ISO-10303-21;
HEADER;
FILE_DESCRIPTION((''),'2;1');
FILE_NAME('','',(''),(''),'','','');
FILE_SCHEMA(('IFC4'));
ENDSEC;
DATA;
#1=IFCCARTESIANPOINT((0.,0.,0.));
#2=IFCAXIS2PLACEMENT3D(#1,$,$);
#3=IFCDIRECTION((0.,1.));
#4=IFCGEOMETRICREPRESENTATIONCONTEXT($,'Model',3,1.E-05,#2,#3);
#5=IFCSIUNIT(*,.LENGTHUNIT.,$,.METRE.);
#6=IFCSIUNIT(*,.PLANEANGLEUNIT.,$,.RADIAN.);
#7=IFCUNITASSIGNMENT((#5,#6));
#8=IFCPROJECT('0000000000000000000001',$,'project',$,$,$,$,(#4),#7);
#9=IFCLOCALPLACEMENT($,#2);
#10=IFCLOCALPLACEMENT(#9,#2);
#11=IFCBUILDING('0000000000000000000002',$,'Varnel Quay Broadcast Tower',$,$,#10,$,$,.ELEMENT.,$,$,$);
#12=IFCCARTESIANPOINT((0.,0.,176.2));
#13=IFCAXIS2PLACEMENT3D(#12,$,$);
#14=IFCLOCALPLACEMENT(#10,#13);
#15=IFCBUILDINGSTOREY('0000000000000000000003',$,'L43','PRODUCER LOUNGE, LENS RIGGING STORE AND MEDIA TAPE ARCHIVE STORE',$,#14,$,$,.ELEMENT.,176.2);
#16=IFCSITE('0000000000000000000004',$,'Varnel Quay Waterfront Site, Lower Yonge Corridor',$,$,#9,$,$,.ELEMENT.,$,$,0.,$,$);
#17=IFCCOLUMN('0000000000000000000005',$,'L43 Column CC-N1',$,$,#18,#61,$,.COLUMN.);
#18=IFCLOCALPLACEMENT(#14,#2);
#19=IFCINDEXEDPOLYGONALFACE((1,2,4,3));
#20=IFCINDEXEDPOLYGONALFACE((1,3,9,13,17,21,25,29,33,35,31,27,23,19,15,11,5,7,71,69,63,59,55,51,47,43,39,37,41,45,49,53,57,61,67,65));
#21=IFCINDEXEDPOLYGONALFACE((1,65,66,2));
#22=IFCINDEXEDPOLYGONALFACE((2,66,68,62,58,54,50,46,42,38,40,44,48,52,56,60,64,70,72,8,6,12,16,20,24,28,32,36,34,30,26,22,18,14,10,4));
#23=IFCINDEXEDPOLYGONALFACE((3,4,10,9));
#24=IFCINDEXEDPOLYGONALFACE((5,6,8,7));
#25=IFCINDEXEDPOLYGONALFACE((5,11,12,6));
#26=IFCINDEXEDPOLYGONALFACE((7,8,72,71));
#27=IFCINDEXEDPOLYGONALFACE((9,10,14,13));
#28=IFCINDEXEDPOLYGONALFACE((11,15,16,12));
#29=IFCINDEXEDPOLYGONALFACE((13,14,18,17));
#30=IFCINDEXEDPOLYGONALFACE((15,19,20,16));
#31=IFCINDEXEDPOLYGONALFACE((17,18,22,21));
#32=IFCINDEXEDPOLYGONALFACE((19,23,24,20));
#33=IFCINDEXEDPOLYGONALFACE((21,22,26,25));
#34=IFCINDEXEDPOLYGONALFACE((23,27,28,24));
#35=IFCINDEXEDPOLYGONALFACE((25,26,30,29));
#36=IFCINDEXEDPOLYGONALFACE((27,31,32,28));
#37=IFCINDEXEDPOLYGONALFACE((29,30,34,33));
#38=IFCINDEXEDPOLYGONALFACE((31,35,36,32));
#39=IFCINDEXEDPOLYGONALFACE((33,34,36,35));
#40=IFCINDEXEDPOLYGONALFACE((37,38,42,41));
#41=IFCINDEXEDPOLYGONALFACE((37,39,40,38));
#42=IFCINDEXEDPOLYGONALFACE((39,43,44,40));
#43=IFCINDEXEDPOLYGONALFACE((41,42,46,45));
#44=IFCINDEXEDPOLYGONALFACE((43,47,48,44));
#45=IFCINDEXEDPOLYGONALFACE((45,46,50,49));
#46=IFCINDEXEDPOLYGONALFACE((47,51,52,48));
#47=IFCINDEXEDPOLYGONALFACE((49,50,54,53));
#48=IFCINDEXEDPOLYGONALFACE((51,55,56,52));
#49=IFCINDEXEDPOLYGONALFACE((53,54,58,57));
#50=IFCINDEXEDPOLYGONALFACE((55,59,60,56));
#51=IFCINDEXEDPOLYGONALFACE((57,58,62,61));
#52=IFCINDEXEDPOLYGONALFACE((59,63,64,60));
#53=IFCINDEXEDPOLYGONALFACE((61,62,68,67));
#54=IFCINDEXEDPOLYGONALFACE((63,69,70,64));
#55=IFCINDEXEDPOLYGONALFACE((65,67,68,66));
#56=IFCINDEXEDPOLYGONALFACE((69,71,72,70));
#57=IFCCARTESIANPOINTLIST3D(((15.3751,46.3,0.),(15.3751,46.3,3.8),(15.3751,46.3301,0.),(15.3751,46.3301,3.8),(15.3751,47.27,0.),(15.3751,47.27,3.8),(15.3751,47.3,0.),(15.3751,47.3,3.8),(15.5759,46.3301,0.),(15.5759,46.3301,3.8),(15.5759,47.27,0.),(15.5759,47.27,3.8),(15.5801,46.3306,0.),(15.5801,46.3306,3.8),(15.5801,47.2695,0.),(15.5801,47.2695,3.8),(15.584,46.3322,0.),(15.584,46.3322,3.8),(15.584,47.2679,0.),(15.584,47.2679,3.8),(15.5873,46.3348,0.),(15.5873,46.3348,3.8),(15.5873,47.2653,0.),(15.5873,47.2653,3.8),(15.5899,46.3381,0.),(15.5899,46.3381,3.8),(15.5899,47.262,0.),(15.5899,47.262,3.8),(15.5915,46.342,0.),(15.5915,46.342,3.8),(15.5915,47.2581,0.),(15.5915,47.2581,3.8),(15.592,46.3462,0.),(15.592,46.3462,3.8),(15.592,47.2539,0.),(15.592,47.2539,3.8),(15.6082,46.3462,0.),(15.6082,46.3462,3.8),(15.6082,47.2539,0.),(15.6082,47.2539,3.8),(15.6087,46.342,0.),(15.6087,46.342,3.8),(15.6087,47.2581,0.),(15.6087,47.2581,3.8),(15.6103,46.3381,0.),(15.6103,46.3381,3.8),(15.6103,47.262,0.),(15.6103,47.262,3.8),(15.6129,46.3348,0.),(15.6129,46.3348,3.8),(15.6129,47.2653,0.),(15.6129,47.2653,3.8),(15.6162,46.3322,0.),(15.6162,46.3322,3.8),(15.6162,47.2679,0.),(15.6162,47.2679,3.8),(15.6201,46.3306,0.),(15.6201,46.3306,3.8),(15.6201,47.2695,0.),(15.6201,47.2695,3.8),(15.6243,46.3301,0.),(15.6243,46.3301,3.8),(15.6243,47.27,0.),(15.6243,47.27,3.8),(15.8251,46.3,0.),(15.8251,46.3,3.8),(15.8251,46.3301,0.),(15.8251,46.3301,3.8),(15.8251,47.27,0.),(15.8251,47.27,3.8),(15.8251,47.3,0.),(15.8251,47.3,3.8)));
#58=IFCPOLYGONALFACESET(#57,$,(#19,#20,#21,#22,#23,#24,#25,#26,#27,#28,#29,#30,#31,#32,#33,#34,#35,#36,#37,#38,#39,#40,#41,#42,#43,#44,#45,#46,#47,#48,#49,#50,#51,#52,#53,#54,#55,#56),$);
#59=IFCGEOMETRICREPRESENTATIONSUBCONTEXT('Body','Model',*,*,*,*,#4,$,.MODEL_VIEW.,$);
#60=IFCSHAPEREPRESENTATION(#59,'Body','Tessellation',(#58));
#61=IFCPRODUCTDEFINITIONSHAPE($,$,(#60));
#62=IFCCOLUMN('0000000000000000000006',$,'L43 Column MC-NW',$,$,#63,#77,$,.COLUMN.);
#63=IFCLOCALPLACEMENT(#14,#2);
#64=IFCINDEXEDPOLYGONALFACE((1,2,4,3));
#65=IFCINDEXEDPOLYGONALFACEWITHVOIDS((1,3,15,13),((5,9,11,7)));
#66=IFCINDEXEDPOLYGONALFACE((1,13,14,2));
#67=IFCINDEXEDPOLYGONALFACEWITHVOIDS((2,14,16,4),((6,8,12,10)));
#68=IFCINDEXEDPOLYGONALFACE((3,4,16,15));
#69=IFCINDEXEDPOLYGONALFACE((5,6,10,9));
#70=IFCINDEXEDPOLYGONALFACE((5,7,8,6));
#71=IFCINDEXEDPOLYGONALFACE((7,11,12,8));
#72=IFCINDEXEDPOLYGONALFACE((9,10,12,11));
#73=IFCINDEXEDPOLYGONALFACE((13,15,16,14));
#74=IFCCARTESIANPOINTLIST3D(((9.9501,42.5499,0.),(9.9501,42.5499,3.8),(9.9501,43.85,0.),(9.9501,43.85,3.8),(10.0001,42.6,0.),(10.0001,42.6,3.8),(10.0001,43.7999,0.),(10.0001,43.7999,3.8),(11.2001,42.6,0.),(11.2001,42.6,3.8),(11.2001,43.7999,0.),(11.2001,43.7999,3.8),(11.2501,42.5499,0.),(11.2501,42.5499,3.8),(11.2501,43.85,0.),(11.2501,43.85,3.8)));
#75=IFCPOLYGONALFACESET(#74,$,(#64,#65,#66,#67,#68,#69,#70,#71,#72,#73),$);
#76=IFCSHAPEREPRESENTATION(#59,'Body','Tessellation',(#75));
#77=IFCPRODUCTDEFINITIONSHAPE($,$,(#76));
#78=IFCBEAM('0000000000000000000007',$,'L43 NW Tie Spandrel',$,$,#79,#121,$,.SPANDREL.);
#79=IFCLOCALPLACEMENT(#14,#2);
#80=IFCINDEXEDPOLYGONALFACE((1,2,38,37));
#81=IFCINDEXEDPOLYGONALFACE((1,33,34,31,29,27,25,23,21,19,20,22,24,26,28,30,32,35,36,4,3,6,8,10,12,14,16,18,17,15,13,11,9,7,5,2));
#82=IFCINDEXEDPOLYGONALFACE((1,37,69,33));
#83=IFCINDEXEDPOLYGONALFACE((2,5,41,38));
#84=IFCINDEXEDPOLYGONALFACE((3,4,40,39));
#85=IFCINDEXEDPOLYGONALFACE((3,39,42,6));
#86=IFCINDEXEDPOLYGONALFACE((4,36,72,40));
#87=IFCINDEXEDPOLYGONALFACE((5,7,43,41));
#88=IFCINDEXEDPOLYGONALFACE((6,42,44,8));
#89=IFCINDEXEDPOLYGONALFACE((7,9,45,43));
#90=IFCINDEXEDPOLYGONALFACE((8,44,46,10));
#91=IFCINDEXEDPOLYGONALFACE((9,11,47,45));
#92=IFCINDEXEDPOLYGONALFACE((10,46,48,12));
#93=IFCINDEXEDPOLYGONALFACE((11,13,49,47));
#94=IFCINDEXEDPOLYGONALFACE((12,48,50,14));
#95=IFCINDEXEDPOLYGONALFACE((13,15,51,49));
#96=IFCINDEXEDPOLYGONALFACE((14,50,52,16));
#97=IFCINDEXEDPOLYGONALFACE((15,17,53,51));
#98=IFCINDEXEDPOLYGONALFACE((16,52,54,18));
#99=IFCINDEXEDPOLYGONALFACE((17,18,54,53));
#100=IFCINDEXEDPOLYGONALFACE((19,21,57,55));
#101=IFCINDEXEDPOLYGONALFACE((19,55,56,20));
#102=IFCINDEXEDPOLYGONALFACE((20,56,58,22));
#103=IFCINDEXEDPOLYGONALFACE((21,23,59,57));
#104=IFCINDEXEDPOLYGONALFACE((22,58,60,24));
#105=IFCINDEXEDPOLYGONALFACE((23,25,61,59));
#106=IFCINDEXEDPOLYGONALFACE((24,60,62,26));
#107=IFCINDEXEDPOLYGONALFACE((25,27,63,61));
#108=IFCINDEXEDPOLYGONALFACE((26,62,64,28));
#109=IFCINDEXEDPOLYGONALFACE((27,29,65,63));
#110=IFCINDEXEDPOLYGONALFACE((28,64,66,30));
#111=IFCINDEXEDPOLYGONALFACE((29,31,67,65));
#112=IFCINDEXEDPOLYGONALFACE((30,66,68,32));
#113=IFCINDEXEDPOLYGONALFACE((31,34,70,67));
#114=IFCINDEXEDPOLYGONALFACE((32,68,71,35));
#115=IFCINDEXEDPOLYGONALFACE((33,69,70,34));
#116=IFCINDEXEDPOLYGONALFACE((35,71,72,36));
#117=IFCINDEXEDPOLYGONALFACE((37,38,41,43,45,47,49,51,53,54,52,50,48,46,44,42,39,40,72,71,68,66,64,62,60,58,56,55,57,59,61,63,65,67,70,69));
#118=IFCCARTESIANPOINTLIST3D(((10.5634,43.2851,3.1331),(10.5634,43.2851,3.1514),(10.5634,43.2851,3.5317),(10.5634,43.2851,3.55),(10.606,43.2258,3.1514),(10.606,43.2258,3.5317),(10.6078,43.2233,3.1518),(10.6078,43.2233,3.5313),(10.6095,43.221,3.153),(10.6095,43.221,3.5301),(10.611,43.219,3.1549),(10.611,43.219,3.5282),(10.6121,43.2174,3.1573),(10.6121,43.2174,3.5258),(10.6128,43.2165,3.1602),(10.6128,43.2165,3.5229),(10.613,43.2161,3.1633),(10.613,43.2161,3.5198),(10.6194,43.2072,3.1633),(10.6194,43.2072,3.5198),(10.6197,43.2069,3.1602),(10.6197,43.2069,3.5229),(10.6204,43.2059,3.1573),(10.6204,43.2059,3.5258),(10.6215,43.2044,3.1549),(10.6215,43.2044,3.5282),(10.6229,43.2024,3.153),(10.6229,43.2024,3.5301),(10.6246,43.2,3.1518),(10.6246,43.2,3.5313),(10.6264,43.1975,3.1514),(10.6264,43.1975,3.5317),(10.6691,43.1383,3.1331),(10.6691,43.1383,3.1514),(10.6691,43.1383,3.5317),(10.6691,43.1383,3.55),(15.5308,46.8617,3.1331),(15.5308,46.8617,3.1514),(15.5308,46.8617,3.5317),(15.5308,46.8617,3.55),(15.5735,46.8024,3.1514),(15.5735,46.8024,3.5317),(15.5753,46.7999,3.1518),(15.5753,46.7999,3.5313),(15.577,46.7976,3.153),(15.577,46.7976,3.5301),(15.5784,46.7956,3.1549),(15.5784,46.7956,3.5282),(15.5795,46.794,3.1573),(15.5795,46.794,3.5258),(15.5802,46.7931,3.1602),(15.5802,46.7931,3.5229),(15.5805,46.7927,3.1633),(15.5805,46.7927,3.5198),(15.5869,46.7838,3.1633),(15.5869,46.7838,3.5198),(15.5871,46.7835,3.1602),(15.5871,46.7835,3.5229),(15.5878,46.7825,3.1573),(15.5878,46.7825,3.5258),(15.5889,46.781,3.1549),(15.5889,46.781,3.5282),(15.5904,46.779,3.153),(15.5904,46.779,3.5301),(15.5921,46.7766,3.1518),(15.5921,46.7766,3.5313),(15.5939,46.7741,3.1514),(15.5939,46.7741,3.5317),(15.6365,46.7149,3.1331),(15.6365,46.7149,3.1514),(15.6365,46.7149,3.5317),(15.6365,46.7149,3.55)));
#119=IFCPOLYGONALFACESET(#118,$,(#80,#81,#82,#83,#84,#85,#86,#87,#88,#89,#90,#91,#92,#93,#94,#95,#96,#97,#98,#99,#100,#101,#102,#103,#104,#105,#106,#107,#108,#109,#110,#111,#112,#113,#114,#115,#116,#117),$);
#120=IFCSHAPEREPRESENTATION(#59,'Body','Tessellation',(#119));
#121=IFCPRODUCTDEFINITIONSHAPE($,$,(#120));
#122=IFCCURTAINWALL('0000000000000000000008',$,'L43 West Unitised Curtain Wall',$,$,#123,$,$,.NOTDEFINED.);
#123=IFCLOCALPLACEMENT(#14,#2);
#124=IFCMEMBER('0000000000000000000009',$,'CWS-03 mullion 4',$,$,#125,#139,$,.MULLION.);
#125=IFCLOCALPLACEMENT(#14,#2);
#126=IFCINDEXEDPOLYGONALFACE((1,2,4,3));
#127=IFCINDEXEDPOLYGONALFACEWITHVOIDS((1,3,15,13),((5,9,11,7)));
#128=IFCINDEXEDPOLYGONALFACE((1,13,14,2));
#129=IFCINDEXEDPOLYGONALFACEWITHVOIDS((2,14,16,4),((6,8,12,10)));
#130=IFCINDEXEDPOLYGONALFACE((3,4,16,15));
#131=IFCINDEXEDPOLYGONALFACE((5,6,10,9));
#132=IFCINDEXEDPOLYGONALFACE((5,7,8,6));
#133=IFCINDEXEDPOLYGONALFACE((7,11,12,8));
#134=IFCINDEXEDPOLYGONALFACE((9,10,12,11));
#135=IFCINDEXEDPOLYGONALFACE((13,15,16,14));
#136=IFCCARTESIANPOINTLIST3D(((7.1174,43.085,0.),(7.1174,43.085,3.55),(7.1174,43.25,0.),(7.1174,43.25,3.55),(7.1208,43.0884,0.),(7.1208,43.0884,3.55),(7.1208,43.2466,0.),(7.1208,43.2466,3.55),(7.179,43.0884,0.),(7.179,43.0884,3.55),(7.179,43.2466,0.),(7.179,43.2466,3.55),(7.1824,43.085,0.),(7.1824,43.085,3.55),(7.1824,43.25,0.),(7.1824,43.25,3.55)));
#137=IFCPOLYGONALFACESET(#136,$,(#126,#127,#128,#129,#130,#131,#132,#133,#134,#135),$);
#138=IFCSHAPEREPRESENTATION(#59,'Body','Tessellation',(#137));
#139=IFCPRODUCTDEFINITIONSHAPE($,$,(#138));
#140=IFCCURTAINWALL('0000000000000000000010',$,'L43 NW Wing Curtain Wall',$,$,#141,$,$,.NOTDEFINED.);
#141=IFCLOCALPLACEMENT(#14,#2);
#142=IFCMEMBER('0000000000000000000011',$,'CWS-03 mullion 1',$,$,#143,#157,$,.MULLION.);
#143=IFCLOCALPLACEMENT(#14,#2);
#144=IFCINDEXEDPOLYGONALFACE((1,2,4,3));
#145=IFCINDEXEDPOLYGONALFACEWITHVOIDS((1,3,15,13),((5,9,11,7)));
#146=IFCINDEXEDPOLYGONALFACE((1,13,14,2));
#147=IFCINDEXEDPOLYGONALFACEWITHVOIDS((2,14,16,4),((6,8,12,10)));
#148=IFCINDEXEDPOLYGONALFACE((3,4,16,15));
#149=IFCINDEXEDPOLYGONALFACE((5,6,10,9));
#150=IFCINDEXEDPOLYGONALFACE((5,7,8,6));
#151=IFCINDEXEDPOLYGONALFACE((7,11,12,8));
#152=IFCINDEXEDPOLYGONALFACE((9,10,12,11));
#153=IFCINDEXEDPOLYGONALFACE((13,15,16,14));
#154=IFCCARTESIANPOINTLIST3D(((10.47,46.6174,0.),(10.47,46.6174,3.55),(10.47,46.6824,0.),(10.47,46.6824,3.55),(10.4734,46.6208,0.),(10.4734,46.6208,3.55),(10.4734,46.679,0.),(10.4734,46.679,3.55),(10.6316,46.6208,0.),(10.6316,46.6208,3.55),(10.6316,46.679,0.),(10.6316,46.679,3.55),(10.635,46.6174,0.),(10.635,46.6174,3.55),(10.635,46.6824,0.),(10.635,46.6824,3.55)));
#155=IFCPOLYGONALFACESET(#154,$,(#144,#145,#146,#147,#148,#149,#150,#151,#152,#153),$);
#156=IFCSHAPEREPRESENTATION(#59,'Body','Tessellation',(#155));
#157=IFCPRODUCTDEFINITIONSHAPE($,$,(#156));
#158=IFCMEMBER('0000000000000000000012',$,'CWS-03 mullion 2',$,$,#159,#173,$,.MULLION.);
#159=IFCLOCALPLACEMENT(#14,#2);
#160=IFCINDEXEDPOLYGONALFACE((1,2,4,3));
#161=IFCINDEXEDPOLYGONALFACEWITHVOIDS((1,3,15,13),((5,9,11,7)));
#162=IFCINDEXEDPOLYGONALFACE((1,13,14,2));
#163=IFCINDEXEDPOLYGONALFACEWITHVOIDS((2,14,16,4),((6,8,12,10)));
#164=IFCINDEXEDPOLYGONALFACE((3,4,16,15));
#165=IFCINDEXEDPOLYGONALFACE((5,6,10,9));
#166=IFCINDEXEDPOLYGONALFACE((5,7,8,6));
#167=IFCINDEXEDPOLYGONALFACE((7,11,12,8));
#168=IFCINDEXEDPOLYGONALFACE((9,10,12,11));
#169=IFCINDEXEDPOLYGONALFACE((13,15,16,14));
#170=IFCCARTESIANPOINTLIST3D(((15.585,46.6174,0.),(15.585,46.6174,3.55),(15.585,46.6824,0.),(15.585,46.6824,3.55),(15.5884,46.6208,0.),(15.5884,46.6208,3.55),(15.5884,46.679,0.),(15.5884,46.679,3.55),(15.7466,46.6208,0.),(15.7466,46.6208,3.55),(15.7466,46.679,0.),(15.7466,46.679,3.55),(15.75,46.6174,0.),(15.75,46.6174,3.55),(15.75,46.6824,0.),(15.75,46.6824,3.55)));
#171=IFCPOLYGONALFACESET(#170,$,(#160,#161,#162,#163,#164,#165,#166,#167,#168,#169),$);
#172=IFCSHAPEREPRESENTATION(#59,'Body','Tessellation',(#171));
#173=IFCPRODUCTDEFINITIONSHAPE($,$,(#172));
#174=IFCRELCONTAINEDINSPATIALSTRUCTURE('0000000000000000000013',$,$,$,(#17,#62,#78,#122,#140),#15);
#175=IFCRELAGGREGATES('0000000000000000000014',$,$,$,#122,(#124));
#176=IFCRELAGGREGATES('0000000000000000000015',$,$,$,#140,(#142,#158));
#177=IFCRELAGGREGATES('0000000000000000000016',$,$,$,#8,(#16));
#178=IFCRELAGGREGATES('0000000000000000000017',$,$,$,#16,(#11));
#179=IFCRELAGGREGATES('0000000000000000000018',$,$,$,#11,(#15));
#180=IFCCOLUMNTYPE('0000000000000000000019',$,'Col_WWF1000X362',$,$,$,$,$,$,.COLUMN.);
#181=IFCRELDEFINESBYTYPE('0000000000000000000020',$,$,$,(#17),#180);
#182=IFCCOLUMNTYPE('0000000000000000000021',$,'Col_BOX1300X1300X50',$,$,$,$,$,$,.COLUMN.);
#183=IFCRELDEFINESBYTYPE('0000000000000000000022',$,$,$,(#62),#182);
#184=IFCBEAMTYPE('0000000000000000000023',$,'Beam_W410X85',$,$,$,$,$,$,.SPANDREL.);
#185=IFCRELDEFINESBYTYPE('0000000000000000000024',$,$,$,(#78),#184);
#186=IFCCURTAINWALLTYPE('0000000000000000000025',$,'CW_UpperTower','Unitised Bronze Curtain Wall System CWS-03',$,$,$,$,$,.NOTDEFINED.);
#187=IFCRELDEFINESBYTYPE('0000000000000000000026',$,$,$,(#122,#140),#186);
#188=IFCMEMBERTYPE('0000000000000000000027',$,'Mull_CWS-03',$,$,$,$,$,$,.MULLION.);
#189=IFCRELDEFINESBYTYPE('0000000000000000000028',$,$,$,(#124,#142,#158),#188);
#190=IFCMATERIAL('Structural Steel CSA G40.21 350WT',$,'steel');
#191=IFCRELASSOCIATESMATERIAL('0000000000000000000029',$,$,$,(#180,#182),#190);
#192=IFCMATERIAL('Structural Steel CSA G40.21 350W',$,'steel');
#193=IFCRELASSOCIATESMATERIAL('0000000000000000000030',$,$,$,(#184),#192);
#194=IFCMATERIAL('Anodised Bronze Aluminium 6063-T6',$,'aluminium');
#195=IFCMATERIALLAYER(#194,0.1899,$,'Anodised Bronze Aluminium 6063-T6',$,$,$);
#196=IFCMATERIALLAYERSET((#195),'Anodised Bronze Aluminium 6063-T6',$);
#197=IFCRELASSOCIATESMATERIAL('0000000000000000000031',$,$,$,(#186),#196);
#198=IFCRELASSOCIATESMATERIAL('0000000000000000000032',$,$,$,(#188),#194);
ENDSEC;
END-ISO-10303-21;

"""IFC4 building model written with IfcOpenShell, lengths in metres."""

from ifc_helpers import new_model, si_unit, direction, frame, origin, origin_2d, place, context, subcontext, project, spatial, hollow_rectangle, i_section, extrude, source, transform, mapped, material, layer, layer_set, material_profile, profile_set, type_object, type_shapes, element, aggregate, save


model = new_model("IFC4")

# Units and contexts
model_context = context("Model", 3, precision=1e-05, world=origin(), true_north=direction((0.0, 1.0)))
body_context = subcontext(model_context, "Body", "Model", "MODEL_VIEW")
ifc_project = project(units=[si_unit("LENGTHUNIT", "METRE"), si_unit("PLANEANGLEUNIT", "RADIAN")], contexts=[model_context])

# Site, building, storey
site_placement = place(None, origin())
site = spatial("IfcSite", under=ifc_project, at=site_placement, Name="Varnel Quay Waterfront Site, Lower Yonge Corridor", CompositionType="ELEMENT", RefElevation=0.0)
building_placement = place(site_placement, origin())
building = spatial("IfcBuilding", under=site, at=building_placement, Name="Varnel Quay Broadcast Tower", CompositionType="ELEMENT")
storey_placement = place(building_placement, frame((0.0, 0.0, 176.2)))
storey = spatial("IfcBuildingStorey", under=building, at=storey_placement, Name="L43", Description="PRODUCER LOUNGE, LENS RIGGING STORE AND MEDIA TAPE ARCHIVE STORE", CompositionType="ELEMENT", Elevation=176.2)

# Columns
ifc_material_1 = material(Name="Structural Steel CSA G40.21 350WT", Category="steel")
ifc_material_profile_1 = material_profile(ifc_material_1, i_section(OverallWidth=0.45, OverallDepth=1.0, WebThickness=0.0161, FlangeThickness=0.03, FilletRadius=0.0161, at=origin_2d()), Name="WWF1000X362")
ifc_profile_set_1 = profile_set([ifc_material_profile_1], Name="Structural Steel CSA G40.21 350WT")
column_type_1 = type_object("IfcColumnType", Name="Col_WWF1000X362", PredefinedType="COLUMN", material=ifc_profile_set_1)
shared_shape_1 = source(origin(), body_context, "Body", "SweptSolid", [
    extrude(i_section(OverallWidth=0.45, OverallDepth=1.0, WebThickness=0.0161, FlangeThickness=0.03, FilletRadius=0.0161, at=origin_2d()), origin(), (0.0, 0.0, 1.0), 3.8),
])
type_shapes(column_type_1, [shared_shape_1])
column_1_placement = place(storey_placement, frame((15.6001, 46.8, 0.0), z_axis=(0.0, 0.0, 1.0), x_axis=(1.0, 0.0, 0.0)))
element("IfcColumn", 1, at=column_1_placement, inside=storey, type_object=column_type_1, Name="L43 Column CC-N1", PredefinedType="COLUMN", context=body_context, shape_type="MappedRepresentation", body=[
    mapped(shared_shape_1, transform((0.0, 0.0, 0.0), x_axis=(1.0, 0.0, 0.0), y_axis=(0.0, 1.0, 0.0), z_axis=(0.0, 0.0, 1.0), scale=1.0)),
])
ifc_material_profile_2 = material_profile(ifc_material_1, hollow_rectangle(XDim=1.3, YDim=1.3, WallThickness=0.05, at=origin_2d()), Name="BOX1300X1300X50")
ifc_profile_set_2 = profile_set([ifc_material_profile_2], Name="Structural Steel CSA G40.21 350WT")
column_type_2 = type_object("IfcColumnType", Name="Col_BOX1300X1300X50", PredefinedType="COLUMN", material=ifc_profile_set_2)
shared_shape_2 = source(origin(), body_context, "Body", "SweptSolid", [
    extrude(hollow_rectangle(XDim=1.3, YDim=1.3, WallThickness=0.05, at=origin_2d()), origin(), (0.0, 0.0, 1.0), 3.8),
])
type_shapes(column_type_2, [shared_shape_2])
column_2_placement = place(storey_placement, frame((10.6001, 43.2, 0.0), z_axis=(0.0, 0.0, 1.0), x_axis=(1.0, 0.0, 0.0)))
element("IfcColumn", 2, at=column_2_placement, inside=storey, type_object=column_type_2, Name="L43 Column MC-NW", PredefinedType="COLUMN", context=body_context, shape_type="MappedRepresentation", body=[
    mapped(shared_shape_2, transform((0.0, 0.0, 0.0), x_axis=(1.0, 0.0, 0.0), y_axis=(0.0, 1.0, 0.0), z_axis=(0.0, 0.0, 1.0), scale=1.0)),
])

# Beam
ifc_material_2 = material(Name="Structural Steel CSA G40.21 350W", Category="steel")
ifc_material_profile_3 = material_profile(ifc_material_2, i_section(OverallWidth=0.1809, OverallDepth=0.417, WebThickness=0.011, FlangeThickness=0.0183, FilletRadius=0.012, at=origin_2d()), Name="W410X85")
ifc_profile_set_3 = profile_set([ifc_material_profile_3], Name="Structural Steel CSA G40.21 350W")
beam_type = type_object("IfcBeamType", Name="Beam_W410X85", PredefinedType="SPANDREL", material=ifc_profile_set_3)
shared_shape_3 = source(origin(), body_context, "Body", "SweptSolid", [
    extrude(i_section(OverallWidth=0.1809, OverallDepth=0.417, WebThickness=0.011, FlangeThickness=0.0183, FilletRadius=0.012, at=origin_2d()), origin(), (0.0, 0.0, 1.0), 6.1211),
])
type_shapes(beam_type, [shared_shape_3])
beam_placement = place(storey_placement, frame((10.6162, 43.2117, 3.3416), z_axis=(0.811531, 0.584309, 0.0), x_axis=(-0.584309, 0.811531, 0.0)))
element("IfcBeam", 3, at=beam_placement, inside=storey, type_object=beam_type, Name="L43 NW Tie Spandrel", PredefinedType="SPANDREL", context=body_context, shape_type="MappedRepresentation", body=[
    mapped(shared_shape_3, transform((0.0, 0.0, 0.0), x_axis=(1.0, 0.0, 0.0), y_axis=(0.0, 1.0, 0.0), z_axis=(0.0, 0.0, 1.0), scale=1.0)),
])

# Curtain wall, member
ifc_material_3 = material(Name="Anodised Bronze Aluminium 6063-T6", Category="aluminium")
ifc_layer_1 = layer(ifc_material_3, 0.1899, Name="Anodised Bronze Aluminium 6063-T6")
ifc_layer_set_1 = layer_set([ifc_layer_1], Name="Anodised Bronze Aluminium 6063-T6")
curtain_wall_type = type_object("IfcCurtainWallType", Name="CW_UpperTower", Description="Unitised Bronze Curtain Wall System CWS-03", PredefinedType="NOTDEFINED", material=ifc_layer_set_1)
curtain_wall_1_placement = place(storey_placement, origin())
curtain_wall_1 = element("IfcCurtainWall", 4, at=curtain_wall_1_placement, inside=storey, type_object=curtain_wall_type, Name="L43 West Unitised Curtain Wall", PredefinedType="NOTDEFINED")
ifc_material_profile_4 = material_profile(ifc_material_3, hollow_rectangle(XDim=0.0649, YDim=0.165, WallThickness=0.0034, at=origin_2d()), Name="ALU65X165X3.5")
ifc_profile_set_4 = profile_set([ifc_material_profile_4], Name="Anodised Bronze Aluminium 6063-T6")
member_type_1 = type_object("IfcMemberType", Name="Mull_CWS-03", PredefinedType="MULLION", material=ifc_profile_set_4)
shared_shape_4 = source(origin(), body_context, "Body", "SweptSolid", [
    extrude(hollow_rectangle(XDim=0.0649, YDim=0.165, WallThickness=0.0034, at=origin_2d()), origin(), (0.0, 0.0, 1.0), 3.55),
])
type_shapes(member_type_1, [shared_shape_4])
member_1_placement = place(storey_placement, frame((7.1499, 43.1675, 0.0), z_axis=(0.0, 0.0, 1.0), x_axis=(-1.0, 0.0, 0.0)))
member_1 = element("IfcMember", 5, at=member_1_placement, type_object=member_type_1, Name="CWS-03 mullion 4", PredefinedType="MULLION", context=body_context, shape_type="MappedRepresentation", body=[
    mapped(shared_shape_4, transform((0.0, 0.0, 0.0), x_axis=(1.0, 0.0, 0.0), y_axis=(0.0, 1.0, 0.0), z_axis=(0.0, 0.0, 1.0), scale=1.0)),
])

# Curtain wall, members
curtain_wall_2_placement = place(storey_placement, origin())
curtain_wall_2 = element("IfcCurtainWall", 6, at=curtain_wall_2_placement, inside=storey, type_object=curtain_wall_type, Name="L43 NW Wing Curtain Wall", PredefinedType="NOTDEFINED")
member_2_placement = place(storey_placement, frame((10.5525, 46.6499, 0.0), z_axis=(0.0, 0.0, 1.0), x_axis=(0.0, 1.0, 0.0)))
member_2 = element("IfcMember", 7, at=member_2_placement, type_object=member_type_1, Name="CWS-03 mullion 1", PredefinedType="MULLION", context=body_context, shape_type="MappedRepresentation", body=[
    mapped(shared_shape_4, transform((0.0, 0.0, 0.0), x_axis=(1.0, 0.0, 0.0), y_axis=(0.0, 1.0, 0.0), z_axis=(0.0, 0.0, 1.0), scale=1.0)),
])
member_3_placement = place(storey_placement, frame((15.6675, 46.6499, 0.0), z_axis=(0.0, 0.0, 1.0), x_axis=(0.0, 1.0, 0.0)))
member_3 = element("IfcMember", 8, at=member_3_placement, type_object=member_type_1, Name="CWS-03 mullion 2", PredefinedType="MULLION", context=body_context, shape_type="MappedRepresentation", body=[
    mapped(shared_shape_4, transform((0.0, 0.0, 0.0), x_axis=(1.0, 0.0, 0.0), y_axis=(0.0, 1.0, 0.0), z_axis=(0.0, 0.0, 1.0), scale=1.0)),
])

aggregate(curtain_wall_1, [member_1])
aggregate(curtain_wall_2, [member_2, member_3])

save(model, "model.ifc")
